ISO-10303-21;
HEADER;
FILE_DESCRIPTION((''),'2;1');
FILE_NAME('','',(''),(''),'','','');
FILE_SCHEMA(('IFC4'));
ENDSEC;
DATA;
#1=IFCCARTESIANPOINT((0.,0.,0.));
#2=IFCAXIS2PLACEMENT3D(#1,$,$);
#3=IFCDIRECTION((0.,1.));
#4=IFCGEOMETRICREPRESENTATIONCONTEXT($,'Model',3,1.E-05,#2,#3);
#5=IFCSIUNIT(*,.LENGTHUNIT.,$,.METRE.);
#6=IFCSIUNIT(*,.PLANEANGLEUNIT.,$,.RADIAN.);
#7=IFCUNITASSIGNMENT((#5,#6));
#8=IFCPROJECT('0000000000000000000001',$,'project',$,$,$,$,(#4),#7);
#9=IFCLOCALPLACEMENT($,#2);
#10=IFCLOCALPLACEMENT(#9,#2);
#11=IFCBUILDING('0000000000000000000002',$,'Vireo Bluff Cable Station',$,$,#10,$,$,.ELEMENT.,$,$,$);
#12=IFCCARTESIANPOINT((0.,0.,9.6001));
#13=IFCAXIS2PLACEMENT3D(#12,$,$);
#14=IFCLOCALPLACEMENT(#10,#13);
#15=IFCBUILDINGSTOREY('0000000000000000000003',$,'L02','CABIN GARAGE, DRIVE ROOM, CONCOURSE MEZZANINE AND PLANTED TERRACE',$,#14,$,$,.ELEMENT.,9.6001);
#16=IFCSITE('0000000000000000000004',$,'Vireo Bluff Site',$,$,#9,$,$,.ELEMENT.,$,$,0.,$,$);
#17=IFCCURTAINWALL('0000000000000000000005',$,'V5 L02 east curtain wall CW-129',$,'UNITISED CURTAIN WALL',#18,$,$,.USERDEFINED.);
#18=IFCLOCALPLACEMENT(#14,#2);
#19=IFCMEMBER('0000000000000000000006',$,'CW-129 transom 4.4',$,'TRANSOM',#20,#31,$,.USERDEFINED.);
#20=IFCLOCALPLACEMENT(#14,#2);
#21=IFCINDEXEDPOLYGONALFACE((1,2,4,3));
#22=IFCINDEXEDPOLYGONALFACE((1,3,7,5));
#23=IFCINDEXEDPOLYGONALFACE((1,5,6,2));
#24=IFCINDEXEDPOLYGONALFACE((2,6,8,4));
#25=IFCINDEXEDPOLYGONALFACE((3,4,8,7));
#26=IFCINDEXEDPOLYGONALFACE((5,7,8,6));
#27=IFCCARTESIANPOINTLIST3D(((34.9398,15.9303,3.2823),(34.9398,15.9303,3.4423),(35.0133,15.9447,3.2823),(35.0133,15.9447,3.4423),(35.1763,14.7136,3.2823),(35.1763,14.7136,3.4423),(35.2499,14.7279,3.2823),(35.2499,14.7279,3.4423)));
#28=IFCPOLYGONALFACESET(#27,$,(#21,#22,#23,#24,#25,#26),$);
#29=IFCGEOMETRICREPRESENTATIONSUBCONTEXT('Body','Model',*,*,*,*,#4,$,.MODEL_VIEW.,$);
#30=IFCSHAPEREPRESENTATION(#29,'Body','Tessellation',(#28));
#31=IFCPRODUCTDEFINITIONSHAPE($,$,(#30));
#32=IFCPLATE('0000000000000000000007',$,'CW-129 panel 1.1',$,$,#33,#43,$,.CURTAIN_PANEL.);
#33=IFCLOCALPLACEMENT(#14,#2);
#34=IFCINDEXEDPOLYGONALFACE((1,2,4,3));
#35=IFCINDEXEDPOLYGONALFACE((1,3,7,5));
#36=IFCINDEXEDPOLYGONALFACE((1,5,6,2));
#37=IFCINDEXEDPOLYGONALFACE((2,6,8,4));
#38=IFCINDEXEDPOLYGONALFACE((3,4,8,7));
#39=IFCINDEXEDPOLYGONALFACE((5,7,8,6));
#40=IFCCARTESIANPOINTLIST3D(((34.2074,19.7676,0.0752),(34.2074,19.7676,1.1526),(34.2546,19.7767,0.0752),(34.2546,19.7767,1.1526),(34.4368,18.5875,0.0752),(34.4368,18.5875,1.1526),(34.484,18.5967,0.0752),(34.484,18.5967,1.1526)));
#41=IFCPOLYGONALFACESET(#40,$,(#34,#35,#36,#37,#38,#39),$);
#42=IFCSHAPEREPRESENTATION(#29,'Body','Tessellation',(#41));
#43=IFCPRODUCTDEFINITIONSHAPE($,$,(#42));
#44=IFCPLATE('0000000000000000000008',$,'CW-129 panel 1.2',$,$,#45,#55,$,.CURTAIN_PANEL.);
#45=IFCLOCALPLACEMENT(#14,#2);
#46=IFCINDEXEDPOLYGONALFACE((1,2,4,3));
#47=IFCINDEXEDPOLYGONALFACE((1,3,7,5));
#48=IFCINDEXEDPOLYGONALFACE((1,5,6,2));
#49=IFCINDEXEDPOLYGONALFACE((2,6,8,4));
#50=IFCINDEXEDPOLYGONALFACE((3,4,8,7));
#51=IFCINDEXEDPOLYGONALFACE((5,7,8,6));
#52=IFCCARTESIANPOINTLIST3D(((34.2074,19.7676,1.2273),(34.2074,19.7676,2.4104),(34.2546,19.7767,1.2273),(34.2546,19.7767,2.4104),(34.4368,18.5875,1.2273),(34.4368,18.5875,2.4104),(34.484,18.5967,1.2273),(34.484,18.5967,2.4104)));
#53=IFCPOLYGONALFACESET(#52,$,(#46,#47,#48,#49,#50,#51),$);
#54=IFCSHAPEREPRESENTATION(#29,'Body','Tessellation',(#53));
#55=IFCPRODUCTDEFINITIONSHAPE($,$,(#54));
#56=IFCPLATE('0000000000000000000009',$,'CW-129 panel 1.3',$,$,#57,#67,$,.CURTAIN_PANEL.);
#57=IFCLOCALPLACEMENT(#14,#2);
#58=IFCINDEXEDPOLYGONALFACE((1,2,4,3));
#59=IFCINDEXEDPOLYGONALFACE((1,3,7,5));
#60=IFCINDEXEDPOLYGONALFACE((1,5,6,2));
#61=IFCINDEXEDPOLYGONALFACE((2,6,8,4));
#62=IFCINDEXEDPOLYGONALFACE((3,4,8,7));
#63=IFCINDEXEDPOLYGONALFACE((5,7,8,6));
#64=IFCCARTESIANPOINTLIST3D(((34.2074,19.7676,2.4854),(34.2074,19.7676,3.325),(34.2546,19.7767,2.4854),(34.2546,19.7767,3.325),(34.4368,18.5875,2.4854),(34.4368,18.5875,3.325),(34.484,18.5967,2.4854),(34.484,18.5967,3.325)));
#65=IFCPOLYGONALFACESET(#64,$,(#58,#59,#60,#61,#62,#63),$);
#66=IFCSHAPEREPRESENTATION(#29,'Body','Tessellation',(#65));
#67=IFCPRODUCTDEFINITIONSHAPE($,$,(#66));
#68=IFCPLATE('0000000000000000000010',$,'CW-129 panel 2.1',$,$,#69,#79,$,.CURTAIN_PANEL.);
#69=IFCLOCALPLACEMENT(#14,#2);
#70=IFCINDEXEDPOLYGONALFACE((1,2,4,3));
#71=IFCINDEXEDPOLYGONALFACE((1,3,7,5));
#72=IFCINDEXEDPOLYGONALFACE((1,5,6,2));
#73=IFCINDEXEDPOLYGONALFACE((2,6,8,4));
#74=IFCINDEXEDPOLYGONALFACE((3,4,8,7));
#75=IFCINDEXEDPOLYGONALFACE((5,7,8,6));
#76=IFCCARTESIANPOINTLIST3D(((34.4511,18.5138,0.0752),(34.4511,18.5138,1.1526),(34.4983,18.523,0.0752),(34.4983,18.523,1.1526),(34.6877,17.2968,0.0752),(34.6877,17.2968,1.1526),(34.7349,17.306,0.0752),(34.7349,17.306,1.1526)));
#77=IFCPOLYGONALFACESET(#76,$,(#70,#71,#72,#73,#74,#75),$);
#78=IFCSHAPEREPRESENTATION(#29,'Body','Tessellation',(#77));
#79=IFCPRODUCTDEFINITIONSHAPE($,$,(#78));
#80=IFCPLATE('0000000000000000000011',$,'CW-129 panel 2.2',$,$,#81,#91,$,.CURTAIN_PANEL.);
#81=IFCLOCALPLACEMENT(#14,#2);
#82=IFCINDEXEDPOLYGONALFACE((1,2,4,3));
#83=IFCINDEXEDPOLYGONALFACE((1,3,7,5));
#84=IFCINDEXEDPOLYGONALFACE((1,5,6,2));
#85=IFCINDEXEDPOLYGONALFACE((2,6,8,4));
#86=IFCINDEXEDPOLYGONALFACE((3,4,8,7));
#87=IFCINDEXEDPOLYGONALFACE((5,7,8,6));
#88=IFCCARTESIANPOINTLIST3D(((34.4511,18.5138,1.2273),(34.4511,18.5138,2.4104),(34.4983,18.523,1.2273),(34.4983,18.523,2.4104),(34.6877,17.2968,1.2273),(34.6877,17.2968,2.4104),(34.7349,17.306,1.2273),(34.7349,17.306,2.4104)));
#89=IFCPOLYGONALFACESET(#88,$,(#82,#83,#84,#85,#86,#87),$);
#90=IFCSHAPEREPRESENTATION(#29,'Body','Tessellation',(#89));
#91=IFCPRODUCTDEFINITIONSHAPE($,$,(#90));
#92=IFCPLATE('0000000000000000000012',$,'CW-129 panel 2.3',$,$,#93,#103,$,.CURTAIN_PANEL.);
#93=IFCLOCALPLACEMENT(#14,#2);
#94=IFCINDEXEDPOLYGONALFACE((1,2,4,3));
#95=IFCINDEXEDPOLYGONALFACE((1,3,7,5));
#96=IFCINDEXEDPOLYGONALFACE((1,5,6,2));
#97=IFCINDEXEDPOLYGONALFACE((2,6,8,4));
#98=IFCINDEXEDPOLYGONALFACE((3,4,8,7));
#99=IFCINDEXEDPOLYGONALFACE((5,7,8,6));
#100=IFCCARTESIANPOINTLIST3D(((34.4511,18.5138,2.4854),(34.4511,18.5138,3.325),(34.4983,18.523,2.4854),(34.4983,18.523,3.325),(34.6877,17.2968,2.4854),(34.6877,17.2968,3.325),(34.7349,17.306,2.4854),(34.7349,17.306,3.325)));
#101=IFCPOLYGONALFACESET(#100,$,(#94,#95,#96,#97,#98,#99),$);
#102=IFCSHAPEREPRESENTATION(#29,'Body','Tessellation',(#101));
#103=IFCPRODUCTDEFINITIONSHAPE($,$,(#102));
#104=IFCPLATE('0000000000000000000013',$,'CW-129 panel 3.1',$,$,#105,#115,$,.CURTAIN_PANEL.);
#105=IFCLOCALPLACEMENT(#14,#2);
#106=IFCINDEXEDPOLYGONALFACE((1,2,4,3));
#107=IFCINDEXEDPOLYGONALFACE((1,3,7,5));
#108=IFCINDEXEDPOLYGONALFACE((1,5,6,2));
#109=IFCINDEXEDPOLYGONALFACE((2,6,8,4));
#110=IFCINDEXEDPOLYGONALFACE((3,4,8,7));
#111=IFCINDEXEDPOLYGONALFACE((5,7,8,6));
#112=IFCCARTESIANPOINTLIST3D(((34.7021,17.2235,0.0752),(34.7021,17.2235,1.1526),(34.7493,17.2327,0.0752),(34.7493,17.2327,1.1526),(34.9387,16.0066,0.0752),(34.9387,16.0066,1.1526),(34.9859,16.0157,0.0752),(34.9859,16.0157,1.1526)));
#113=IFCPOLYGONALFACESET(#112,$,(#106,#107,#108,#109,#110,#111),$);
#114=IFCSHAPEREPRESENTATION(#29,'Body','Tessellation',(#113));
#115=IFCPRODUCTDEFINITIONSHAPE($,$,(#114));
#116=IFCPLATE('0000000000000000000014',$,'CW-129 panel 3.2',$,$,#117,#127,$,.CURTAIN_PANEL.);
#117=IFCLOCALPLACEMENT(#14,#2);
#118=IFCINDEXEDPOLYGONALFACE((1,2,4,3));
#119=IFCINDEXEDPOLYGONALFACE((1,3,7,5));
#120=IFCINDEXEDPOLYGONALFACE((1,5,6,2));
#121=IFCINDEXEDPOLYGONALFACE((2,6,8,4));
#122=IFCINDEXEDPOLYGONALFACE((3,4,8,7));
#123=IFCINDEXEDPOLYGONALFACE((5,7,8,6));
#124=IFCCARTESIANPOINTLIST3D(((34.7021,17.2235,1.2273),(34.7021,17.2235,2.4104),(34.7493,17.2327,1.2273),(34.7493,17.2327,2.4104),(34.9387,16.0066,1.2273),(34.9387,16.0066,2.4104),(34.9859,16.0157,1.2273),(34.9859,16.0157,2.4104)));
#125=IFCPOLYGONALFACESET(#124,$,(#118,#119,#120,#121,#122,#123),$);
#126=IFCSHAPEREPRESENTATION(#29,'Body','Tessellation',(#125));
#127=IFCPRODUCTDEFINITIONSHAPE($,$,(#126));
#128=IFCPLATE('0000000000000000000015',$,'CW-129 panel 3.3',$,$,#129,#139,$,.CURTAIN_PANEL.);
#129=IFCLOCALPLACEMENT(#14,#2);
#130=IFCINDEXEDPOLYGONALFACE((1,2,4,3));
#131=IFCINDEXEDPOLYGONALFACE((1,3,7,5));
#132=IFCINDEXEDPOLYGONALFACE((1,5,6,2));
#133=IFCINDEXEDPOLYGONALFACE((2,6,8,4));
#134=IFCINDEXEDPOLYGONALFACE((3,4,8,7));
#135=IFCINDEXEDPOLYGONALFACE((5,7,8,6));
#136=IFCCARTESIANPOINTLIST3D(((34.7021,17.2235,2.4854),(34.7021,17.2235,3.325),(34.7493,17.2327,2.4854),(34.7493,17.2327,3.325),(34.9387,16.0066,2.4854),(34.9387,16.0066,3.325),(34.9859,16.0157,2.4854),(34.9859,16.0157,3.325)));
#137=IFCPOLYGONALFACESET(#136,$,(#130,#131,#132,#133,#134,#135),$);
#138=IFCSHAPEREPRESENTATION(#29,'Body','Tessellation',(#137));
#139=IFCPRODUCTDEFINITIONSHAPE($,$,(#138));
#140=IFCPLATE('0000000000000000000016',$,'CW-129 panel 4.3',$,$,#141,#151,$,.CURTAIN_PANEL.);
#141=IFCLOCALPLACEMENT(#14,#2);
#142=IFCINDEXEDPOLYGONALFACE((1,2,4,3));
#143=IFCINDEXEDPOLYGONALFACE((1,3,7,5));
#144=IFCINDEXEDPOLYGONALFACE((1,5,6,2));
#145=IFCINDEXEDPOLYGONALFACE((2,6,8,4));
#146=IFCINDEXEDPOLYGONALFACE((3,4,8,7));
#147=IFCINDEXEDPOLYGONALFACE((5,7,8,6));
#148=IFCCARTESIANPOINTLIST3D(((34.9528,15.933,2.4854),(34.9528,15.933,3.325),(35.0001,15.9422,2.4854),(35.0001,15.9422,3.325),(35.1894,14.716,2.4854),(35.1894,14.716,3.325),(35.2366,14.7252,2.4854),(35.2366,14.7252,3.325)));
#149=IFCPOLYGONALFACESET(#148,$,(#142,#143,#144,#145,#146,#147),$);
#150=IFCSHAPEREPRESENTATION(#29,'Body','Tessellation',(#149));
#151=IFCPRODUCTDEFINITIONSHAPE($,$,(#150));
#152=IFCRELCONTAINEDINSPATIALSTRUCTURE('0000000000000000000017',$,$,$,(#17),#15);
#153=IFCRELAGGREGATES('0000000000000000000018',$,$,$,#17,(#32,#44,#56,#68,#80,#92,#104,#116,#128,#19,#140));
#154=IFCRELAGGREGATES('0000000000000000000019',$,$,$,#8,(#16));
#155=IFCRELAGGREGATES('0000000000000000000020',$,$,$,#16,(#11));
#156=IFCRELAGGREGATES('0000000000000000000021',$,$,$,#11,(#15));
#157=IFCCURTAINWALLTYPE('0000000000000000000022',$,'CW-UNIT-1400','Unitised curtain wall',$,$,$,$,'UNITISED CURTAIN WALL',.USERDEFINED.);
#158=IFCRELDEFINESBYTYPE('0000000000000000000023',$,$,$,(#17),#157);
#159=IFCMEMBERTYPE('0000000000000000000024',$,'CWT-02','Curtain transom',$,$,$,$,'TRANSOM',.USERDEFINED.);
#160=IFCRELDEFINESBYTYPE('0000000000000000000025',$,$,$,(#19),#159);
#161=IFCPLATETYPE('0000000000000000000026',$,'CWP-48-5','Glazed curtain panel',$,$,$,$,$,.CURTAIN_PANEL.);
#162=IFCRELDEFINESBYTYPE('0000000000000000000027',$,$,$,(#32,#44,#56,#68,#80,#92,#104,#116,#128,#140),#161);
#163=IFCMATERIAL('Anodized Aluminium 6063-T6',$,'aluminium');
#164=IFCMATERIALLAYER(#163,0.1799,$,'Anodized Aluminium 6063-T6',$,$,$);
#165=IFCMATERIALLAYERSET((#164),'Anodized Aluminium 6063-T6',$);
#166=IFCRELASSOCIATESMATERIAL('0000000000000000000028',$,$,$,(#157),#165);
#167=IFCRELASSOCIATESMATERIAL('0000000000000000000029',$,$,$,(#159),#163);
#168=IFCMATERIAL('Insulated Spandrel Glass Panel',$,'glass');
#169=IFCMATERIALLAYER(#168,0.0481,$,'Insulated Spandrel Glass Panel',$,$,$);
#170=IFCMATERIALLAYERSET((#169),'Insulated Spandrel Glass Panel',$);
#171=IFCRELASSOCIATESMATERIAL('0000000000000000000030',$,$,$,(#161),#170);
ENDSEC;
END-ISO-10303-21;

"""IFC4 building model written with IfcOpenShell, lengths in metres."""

from ifc_helpers import new_model, si_unit, direction, frame, origin, origin_2d, place, context, subcontext, project, spatial, rectangle, extrude, material, layer, layer_set, material_profile, profile_set, type_object, element, aggregate, save


model = new_model("IFC4")

# Units and contexts
model_context = context("Model", 3, precision=1e-05, world=origin(), true_north=direction((0.0, 1.0)))
body_context = subcontext(model_context, "Body", "Model", "MODEL_VIEW")
ifc_project = project(units=[si_unit("LENGTHUNIT", "METRE"), si_unit("PLANEANGLEUNIT", "RADIAN")], contexts=[model_context])

# Site, building, storey
site_placement = place(None, origin())
site = spatial("IfcSite", under=ifc_project, at=site_placement, Name="Vireo Bluff Site", CompositionType="ELEMENT", RefElevation=0.0)
building_placement = place(site_placement, origin())
building = spatial("IfcBuilding", under=site, at=building_placement, Name="Vireo Bluff Cable Station", CompositionType="ELEMENT")
storey_placement = place(building_placement, frame((0.0, 0.0, 9.6001)))
storey = spatial("IfcBuildingStorey", under=building, at=storey_placement, Name="L02", Description="CABIN GARAGE, DRIVE ROOM, CONCOURSE MEZZANINE AND PLANTED TERRACE", CompositionType="ELEMENT", Elevation=9.6001)

# Curtain wall, member, plates
ifc_material_1 = material(Name="Anodized Aluminium 6063-T6", Category="aluminium")
ifc_layer_1 = layer(ifc_material_1, 0.1799, Name="Anodized Aluminium 6063-T6")
ifc_layer_set_1 = layer_set([ifc_layer_1], Name="Anodized Aluminium 6063-T6")
curtain_wall_type = type_object("IfcCurtainWallType", Name="CW-UNIT-1400", Description="Unitised curtain wall", ElementType="UNITISED CURTAIN WALL", PredefinedType="USERDEFINED", material=ifc_layer_set_1)
curtain_wall_placement = place(storey_placement, origin())
curtain_wall = element("IfcCurtainWall", 1, at=curtain_wall_placement, inside=storey, type_object=curtain_wall_type, Name="V5 L02 east curtain wall CW-129", ObjectType="UNITISED CURTAIN WALL", PredefinedType="USERDEFINED")
ifc_material_profile_1 = material_profile(ifc_material_1, rectangle(XDim=0.075, YDim=0.1599, at=origin_2d()), Name="ALU-T-75X160")
ifc_profile_set_1 = profile_set([ifc_material_profile_1], Name="Anodized Aluminium 6063-T6")
member_type_1 = type_object("IfcMemberType", Name="CWT-02", Description="Curtain transom", ElementType="TRANSOM", PredefinedType="USERDEFINED", material=ifc_profile_set_1)
member_1_placement = place(storey_placement, frame((34.9766, 15.9375, 3.3623), z_axis=(0.190849, -0.981619, 0.0), x_axis=(0.981619, 0.190849, 0.0)))
member_1 = element("IfcMember", 2, at=member_1_placement, type_object=member_type_1, Name="CW-129 transom 4.4", ObjectType="TRANSOM", PredefinedType="USERDEFINED", context=body_context, shape_type="SweptSolid", body=[
    extrude(rectangle(XDim=0.075, YDim=0.1599, at=origin_2d()), origin(), (0.0, 0.0, 1.0), 1.2395),
])
ifc_material_2 = material(Name="Insulated Spandrel Glass Panel", Category="glass")
ifc_layer_2 = layer(ifc_material_2, 0.0481, Name="Insulated Spandrel Glass Panel")
ifc_layer_set_2 = layer_set([ifc_layer_2], Name="Insulated Spandrel Glass Panel")
plate_type = type_object("IfcPlateType", Name="CWP-48-5", Description="Glazed curtain panel", PredefinedType="CURTAIN_PANEL", material=ifc_layer_set_2)
plate_1_placement = place(storey_placement, frame((34.3457, 19.1821, 0.0752), z_axis=(0.0, 0.0, 1.0), x_axis=(0.190809, -0.981627, 0.0)))
plate_1 = element("IfcPlate", 3, at=plate_1_placement, type_object=plate_type, Name="CW-129 panel 1.1", PredefinedType="CURTAIN_PANEL", context=body_context, shape_type="SweptSolid", body=[
    extrude(rectangle(XDim=1.2021, YDim=0.0481, at=origin_2d()), origin(), (0.0, 0.0, 1.0), 1.0774),
])
plate_2_placement = place(storey_placement, frame((34.3457, 19.1821, 1.2273), z_axis=(0.0, 0.0, 1.0), x_axis=(0.190809, -0.981627, 0.0)))
plate_2 = element("IfcPlate", 4, at=plate_2_placement, type_object=plate_type, Name="CW-129 panel 1.2", PredefinedType="CURTAIN_PANEL", context=body_context, shape_type="SweptSolid", body=[
    extrude(rectangle(XDim=1.2021, YDim=0.0481, at=origin_2d()), origin(), (0.0, 0.0, 1.0), 1.1831),
])
plate_3_placement = place(storey_placement, frame((34.3457, 19.1821, 2.4854), z_axis=(0.0, 0.0, 1.0), x_axis=(0.190809, -0.981627, 0.0)))
plate_3 = element("IfcPlate", 5, at=plate_3_placement, type_object=plate_type, Name="CW-129 panel 1.3", PredefinedType="CURTAIN_PANEL", context=body_context, shape_type="SweptSolid", body=[
    extrude(rectangle(XDim=1.2021, YDim=0.0481, at=origin_2d()), origin(), (0.0, 0.0, 1.0), 0.8396),
])
plate_4_placement = place(storey_placement, frame((34.593, 17.9099, 0.0752), z_axis=(0.0, 0.0, 1.0), x_axis=(0.190809, -0.981627, 0.0)))
plate_4 = element("IfcPlate", 6, at=plate_4_placement, type_object=plate_type, Name="CW-129 panel 2.1", PredefinedType="CURTAIN_PANEL", context=body_context, shape_type="SweptSolid", body=[
    extrude(rectangle(XDim=1.2397, YDim=0.0481, at=origin_2d()), origin(), (0.0, 0.0, 1.0), 1.0774),
])
plate_5_placement = place(storey_placement, frame((34.593, 17.9099, 1.2273), z_axis=(0.0, 0.0, 1.0), x_axis=(0.190809, -0.981627, 0.0)))
plate_5 = element("IfcPlate", 7, at=plate_5_placement, type_object=plate_type, Name="CW-129 panel 2.2", PredefinedType="CURTAIN_PANEL", context=body_context, shape_type="SweptSolid", body=[
    extrude(rectangle(XDim=1.2397, YDim=0.0481, at=origin_2d()), origin(), (0.0, 0.0, 1.0), 1.1831),
])
plate_6_placement = place(storey_placement, frame((34.593, 17.9099, 2.4854), z_axis=(0.0, 0.0, 1.0), x_axis=(0.190809, -0.981627, 0.0)))
plate_6 = element("IfcPlate", 8, at=plate_6_placement, type_object=plate_type, Name="CW-129 panel 2.3", PredefinedType="CURTAIN_PANEL", context=body_context, shape_type="SweptSolid", body=[
    extrude(rectangle(XDim=1.2397, YDim=0.0481, at=origin_2d()), origin(), (0.0, 0.0, 1.0), 0.8396),
])
plate_7_placement = place(storey_placement, frame((34.844, 16.6196, 0.0752), z_axis=(0.0, 0.0, 1.0), x_axis=(0.190809, -0.981627, 0.0)))
plate_7 = element("IfcPlate", 9, at=plate_7_placement, type_object=plate_type, Name="CW-129 panel 3.1", PredefinedType="CURTAIN_PANEL", context=body_context, shape_type="SweptSolid", body=[
    extrude(rectangle(XDim=1.2397, YDim=0.0481, at=origin_2d()), origin(), (0.0, 0.0, 1.0), 1.0774),
])
plate_8_placement = place(storey_placement, frame((34.844, 16.6196, 1.2273), z_axis=(0.0, 0.0, 1.0), x_axis=(0.190809, -0.981627, 0.0)))
plate_8 = element("IfcPlate", 10, at=plate_8_placement, type_object=plate_type, Name="CW-129 panel 3.2", PredefinedType="CURTAIN_PANEL", context=body_context, shape_type="SweptSolid", body=[
    extrude(rectangle(XDim=1.2397, YDim=0.0481, at=origin_2d()), origin(), (0.0, 0.0, 1.0), 1.1831),
])
plate_9_placement = place(storey_placement, frame((34.844, 16.6196, 2.4854), z_axis=(0.0, 0.0, 1.0), x_axis=(0.190809, -0.981627, 0.0)))
plate_9 = element("IfcPlate", 11, at=plate_9_placement, type_object=plate_type, Name="CW-129 panel 3.3", PredefinedType="CURTAIN_PANEL", context=body_context, shape_type="SweptSolid", body=[
    extrude(rectangle(XDim=1.2397, YDim=0.0481, at=origin_2d()), origin(), (0.0, 0.0, 1.0), 0.8396),
])
plate_10_placement = place(storey_placement, frame((35.0947, 15.3291, 2.4854), z_axis=(0.0, 0.0, 1.0), x_axis=(0.190809, -0.981627, 0.0)))
plate_10 = element("IfcPlate", 12, at=plate_10_placement, type_object=plate_type, Name="CW-129 panel 4.3", PredefinedType="CURTAIN_PANEL", context=body_context, shape_type="SweptSolid", body=[
    extrude(rectangle(XDim=1.2397, YDim=0.0481, at=origin_2d()), origin(), (0.0, 0.0, 1.0), 0.8396),
])
aggregate(curtain_wall, [plate_1, plate_2, plate_3, plate_4, plate_5, plate_6, plate_7, plate_8, plate_9, member_1, plate_10])

save(model, "model.ifc")
